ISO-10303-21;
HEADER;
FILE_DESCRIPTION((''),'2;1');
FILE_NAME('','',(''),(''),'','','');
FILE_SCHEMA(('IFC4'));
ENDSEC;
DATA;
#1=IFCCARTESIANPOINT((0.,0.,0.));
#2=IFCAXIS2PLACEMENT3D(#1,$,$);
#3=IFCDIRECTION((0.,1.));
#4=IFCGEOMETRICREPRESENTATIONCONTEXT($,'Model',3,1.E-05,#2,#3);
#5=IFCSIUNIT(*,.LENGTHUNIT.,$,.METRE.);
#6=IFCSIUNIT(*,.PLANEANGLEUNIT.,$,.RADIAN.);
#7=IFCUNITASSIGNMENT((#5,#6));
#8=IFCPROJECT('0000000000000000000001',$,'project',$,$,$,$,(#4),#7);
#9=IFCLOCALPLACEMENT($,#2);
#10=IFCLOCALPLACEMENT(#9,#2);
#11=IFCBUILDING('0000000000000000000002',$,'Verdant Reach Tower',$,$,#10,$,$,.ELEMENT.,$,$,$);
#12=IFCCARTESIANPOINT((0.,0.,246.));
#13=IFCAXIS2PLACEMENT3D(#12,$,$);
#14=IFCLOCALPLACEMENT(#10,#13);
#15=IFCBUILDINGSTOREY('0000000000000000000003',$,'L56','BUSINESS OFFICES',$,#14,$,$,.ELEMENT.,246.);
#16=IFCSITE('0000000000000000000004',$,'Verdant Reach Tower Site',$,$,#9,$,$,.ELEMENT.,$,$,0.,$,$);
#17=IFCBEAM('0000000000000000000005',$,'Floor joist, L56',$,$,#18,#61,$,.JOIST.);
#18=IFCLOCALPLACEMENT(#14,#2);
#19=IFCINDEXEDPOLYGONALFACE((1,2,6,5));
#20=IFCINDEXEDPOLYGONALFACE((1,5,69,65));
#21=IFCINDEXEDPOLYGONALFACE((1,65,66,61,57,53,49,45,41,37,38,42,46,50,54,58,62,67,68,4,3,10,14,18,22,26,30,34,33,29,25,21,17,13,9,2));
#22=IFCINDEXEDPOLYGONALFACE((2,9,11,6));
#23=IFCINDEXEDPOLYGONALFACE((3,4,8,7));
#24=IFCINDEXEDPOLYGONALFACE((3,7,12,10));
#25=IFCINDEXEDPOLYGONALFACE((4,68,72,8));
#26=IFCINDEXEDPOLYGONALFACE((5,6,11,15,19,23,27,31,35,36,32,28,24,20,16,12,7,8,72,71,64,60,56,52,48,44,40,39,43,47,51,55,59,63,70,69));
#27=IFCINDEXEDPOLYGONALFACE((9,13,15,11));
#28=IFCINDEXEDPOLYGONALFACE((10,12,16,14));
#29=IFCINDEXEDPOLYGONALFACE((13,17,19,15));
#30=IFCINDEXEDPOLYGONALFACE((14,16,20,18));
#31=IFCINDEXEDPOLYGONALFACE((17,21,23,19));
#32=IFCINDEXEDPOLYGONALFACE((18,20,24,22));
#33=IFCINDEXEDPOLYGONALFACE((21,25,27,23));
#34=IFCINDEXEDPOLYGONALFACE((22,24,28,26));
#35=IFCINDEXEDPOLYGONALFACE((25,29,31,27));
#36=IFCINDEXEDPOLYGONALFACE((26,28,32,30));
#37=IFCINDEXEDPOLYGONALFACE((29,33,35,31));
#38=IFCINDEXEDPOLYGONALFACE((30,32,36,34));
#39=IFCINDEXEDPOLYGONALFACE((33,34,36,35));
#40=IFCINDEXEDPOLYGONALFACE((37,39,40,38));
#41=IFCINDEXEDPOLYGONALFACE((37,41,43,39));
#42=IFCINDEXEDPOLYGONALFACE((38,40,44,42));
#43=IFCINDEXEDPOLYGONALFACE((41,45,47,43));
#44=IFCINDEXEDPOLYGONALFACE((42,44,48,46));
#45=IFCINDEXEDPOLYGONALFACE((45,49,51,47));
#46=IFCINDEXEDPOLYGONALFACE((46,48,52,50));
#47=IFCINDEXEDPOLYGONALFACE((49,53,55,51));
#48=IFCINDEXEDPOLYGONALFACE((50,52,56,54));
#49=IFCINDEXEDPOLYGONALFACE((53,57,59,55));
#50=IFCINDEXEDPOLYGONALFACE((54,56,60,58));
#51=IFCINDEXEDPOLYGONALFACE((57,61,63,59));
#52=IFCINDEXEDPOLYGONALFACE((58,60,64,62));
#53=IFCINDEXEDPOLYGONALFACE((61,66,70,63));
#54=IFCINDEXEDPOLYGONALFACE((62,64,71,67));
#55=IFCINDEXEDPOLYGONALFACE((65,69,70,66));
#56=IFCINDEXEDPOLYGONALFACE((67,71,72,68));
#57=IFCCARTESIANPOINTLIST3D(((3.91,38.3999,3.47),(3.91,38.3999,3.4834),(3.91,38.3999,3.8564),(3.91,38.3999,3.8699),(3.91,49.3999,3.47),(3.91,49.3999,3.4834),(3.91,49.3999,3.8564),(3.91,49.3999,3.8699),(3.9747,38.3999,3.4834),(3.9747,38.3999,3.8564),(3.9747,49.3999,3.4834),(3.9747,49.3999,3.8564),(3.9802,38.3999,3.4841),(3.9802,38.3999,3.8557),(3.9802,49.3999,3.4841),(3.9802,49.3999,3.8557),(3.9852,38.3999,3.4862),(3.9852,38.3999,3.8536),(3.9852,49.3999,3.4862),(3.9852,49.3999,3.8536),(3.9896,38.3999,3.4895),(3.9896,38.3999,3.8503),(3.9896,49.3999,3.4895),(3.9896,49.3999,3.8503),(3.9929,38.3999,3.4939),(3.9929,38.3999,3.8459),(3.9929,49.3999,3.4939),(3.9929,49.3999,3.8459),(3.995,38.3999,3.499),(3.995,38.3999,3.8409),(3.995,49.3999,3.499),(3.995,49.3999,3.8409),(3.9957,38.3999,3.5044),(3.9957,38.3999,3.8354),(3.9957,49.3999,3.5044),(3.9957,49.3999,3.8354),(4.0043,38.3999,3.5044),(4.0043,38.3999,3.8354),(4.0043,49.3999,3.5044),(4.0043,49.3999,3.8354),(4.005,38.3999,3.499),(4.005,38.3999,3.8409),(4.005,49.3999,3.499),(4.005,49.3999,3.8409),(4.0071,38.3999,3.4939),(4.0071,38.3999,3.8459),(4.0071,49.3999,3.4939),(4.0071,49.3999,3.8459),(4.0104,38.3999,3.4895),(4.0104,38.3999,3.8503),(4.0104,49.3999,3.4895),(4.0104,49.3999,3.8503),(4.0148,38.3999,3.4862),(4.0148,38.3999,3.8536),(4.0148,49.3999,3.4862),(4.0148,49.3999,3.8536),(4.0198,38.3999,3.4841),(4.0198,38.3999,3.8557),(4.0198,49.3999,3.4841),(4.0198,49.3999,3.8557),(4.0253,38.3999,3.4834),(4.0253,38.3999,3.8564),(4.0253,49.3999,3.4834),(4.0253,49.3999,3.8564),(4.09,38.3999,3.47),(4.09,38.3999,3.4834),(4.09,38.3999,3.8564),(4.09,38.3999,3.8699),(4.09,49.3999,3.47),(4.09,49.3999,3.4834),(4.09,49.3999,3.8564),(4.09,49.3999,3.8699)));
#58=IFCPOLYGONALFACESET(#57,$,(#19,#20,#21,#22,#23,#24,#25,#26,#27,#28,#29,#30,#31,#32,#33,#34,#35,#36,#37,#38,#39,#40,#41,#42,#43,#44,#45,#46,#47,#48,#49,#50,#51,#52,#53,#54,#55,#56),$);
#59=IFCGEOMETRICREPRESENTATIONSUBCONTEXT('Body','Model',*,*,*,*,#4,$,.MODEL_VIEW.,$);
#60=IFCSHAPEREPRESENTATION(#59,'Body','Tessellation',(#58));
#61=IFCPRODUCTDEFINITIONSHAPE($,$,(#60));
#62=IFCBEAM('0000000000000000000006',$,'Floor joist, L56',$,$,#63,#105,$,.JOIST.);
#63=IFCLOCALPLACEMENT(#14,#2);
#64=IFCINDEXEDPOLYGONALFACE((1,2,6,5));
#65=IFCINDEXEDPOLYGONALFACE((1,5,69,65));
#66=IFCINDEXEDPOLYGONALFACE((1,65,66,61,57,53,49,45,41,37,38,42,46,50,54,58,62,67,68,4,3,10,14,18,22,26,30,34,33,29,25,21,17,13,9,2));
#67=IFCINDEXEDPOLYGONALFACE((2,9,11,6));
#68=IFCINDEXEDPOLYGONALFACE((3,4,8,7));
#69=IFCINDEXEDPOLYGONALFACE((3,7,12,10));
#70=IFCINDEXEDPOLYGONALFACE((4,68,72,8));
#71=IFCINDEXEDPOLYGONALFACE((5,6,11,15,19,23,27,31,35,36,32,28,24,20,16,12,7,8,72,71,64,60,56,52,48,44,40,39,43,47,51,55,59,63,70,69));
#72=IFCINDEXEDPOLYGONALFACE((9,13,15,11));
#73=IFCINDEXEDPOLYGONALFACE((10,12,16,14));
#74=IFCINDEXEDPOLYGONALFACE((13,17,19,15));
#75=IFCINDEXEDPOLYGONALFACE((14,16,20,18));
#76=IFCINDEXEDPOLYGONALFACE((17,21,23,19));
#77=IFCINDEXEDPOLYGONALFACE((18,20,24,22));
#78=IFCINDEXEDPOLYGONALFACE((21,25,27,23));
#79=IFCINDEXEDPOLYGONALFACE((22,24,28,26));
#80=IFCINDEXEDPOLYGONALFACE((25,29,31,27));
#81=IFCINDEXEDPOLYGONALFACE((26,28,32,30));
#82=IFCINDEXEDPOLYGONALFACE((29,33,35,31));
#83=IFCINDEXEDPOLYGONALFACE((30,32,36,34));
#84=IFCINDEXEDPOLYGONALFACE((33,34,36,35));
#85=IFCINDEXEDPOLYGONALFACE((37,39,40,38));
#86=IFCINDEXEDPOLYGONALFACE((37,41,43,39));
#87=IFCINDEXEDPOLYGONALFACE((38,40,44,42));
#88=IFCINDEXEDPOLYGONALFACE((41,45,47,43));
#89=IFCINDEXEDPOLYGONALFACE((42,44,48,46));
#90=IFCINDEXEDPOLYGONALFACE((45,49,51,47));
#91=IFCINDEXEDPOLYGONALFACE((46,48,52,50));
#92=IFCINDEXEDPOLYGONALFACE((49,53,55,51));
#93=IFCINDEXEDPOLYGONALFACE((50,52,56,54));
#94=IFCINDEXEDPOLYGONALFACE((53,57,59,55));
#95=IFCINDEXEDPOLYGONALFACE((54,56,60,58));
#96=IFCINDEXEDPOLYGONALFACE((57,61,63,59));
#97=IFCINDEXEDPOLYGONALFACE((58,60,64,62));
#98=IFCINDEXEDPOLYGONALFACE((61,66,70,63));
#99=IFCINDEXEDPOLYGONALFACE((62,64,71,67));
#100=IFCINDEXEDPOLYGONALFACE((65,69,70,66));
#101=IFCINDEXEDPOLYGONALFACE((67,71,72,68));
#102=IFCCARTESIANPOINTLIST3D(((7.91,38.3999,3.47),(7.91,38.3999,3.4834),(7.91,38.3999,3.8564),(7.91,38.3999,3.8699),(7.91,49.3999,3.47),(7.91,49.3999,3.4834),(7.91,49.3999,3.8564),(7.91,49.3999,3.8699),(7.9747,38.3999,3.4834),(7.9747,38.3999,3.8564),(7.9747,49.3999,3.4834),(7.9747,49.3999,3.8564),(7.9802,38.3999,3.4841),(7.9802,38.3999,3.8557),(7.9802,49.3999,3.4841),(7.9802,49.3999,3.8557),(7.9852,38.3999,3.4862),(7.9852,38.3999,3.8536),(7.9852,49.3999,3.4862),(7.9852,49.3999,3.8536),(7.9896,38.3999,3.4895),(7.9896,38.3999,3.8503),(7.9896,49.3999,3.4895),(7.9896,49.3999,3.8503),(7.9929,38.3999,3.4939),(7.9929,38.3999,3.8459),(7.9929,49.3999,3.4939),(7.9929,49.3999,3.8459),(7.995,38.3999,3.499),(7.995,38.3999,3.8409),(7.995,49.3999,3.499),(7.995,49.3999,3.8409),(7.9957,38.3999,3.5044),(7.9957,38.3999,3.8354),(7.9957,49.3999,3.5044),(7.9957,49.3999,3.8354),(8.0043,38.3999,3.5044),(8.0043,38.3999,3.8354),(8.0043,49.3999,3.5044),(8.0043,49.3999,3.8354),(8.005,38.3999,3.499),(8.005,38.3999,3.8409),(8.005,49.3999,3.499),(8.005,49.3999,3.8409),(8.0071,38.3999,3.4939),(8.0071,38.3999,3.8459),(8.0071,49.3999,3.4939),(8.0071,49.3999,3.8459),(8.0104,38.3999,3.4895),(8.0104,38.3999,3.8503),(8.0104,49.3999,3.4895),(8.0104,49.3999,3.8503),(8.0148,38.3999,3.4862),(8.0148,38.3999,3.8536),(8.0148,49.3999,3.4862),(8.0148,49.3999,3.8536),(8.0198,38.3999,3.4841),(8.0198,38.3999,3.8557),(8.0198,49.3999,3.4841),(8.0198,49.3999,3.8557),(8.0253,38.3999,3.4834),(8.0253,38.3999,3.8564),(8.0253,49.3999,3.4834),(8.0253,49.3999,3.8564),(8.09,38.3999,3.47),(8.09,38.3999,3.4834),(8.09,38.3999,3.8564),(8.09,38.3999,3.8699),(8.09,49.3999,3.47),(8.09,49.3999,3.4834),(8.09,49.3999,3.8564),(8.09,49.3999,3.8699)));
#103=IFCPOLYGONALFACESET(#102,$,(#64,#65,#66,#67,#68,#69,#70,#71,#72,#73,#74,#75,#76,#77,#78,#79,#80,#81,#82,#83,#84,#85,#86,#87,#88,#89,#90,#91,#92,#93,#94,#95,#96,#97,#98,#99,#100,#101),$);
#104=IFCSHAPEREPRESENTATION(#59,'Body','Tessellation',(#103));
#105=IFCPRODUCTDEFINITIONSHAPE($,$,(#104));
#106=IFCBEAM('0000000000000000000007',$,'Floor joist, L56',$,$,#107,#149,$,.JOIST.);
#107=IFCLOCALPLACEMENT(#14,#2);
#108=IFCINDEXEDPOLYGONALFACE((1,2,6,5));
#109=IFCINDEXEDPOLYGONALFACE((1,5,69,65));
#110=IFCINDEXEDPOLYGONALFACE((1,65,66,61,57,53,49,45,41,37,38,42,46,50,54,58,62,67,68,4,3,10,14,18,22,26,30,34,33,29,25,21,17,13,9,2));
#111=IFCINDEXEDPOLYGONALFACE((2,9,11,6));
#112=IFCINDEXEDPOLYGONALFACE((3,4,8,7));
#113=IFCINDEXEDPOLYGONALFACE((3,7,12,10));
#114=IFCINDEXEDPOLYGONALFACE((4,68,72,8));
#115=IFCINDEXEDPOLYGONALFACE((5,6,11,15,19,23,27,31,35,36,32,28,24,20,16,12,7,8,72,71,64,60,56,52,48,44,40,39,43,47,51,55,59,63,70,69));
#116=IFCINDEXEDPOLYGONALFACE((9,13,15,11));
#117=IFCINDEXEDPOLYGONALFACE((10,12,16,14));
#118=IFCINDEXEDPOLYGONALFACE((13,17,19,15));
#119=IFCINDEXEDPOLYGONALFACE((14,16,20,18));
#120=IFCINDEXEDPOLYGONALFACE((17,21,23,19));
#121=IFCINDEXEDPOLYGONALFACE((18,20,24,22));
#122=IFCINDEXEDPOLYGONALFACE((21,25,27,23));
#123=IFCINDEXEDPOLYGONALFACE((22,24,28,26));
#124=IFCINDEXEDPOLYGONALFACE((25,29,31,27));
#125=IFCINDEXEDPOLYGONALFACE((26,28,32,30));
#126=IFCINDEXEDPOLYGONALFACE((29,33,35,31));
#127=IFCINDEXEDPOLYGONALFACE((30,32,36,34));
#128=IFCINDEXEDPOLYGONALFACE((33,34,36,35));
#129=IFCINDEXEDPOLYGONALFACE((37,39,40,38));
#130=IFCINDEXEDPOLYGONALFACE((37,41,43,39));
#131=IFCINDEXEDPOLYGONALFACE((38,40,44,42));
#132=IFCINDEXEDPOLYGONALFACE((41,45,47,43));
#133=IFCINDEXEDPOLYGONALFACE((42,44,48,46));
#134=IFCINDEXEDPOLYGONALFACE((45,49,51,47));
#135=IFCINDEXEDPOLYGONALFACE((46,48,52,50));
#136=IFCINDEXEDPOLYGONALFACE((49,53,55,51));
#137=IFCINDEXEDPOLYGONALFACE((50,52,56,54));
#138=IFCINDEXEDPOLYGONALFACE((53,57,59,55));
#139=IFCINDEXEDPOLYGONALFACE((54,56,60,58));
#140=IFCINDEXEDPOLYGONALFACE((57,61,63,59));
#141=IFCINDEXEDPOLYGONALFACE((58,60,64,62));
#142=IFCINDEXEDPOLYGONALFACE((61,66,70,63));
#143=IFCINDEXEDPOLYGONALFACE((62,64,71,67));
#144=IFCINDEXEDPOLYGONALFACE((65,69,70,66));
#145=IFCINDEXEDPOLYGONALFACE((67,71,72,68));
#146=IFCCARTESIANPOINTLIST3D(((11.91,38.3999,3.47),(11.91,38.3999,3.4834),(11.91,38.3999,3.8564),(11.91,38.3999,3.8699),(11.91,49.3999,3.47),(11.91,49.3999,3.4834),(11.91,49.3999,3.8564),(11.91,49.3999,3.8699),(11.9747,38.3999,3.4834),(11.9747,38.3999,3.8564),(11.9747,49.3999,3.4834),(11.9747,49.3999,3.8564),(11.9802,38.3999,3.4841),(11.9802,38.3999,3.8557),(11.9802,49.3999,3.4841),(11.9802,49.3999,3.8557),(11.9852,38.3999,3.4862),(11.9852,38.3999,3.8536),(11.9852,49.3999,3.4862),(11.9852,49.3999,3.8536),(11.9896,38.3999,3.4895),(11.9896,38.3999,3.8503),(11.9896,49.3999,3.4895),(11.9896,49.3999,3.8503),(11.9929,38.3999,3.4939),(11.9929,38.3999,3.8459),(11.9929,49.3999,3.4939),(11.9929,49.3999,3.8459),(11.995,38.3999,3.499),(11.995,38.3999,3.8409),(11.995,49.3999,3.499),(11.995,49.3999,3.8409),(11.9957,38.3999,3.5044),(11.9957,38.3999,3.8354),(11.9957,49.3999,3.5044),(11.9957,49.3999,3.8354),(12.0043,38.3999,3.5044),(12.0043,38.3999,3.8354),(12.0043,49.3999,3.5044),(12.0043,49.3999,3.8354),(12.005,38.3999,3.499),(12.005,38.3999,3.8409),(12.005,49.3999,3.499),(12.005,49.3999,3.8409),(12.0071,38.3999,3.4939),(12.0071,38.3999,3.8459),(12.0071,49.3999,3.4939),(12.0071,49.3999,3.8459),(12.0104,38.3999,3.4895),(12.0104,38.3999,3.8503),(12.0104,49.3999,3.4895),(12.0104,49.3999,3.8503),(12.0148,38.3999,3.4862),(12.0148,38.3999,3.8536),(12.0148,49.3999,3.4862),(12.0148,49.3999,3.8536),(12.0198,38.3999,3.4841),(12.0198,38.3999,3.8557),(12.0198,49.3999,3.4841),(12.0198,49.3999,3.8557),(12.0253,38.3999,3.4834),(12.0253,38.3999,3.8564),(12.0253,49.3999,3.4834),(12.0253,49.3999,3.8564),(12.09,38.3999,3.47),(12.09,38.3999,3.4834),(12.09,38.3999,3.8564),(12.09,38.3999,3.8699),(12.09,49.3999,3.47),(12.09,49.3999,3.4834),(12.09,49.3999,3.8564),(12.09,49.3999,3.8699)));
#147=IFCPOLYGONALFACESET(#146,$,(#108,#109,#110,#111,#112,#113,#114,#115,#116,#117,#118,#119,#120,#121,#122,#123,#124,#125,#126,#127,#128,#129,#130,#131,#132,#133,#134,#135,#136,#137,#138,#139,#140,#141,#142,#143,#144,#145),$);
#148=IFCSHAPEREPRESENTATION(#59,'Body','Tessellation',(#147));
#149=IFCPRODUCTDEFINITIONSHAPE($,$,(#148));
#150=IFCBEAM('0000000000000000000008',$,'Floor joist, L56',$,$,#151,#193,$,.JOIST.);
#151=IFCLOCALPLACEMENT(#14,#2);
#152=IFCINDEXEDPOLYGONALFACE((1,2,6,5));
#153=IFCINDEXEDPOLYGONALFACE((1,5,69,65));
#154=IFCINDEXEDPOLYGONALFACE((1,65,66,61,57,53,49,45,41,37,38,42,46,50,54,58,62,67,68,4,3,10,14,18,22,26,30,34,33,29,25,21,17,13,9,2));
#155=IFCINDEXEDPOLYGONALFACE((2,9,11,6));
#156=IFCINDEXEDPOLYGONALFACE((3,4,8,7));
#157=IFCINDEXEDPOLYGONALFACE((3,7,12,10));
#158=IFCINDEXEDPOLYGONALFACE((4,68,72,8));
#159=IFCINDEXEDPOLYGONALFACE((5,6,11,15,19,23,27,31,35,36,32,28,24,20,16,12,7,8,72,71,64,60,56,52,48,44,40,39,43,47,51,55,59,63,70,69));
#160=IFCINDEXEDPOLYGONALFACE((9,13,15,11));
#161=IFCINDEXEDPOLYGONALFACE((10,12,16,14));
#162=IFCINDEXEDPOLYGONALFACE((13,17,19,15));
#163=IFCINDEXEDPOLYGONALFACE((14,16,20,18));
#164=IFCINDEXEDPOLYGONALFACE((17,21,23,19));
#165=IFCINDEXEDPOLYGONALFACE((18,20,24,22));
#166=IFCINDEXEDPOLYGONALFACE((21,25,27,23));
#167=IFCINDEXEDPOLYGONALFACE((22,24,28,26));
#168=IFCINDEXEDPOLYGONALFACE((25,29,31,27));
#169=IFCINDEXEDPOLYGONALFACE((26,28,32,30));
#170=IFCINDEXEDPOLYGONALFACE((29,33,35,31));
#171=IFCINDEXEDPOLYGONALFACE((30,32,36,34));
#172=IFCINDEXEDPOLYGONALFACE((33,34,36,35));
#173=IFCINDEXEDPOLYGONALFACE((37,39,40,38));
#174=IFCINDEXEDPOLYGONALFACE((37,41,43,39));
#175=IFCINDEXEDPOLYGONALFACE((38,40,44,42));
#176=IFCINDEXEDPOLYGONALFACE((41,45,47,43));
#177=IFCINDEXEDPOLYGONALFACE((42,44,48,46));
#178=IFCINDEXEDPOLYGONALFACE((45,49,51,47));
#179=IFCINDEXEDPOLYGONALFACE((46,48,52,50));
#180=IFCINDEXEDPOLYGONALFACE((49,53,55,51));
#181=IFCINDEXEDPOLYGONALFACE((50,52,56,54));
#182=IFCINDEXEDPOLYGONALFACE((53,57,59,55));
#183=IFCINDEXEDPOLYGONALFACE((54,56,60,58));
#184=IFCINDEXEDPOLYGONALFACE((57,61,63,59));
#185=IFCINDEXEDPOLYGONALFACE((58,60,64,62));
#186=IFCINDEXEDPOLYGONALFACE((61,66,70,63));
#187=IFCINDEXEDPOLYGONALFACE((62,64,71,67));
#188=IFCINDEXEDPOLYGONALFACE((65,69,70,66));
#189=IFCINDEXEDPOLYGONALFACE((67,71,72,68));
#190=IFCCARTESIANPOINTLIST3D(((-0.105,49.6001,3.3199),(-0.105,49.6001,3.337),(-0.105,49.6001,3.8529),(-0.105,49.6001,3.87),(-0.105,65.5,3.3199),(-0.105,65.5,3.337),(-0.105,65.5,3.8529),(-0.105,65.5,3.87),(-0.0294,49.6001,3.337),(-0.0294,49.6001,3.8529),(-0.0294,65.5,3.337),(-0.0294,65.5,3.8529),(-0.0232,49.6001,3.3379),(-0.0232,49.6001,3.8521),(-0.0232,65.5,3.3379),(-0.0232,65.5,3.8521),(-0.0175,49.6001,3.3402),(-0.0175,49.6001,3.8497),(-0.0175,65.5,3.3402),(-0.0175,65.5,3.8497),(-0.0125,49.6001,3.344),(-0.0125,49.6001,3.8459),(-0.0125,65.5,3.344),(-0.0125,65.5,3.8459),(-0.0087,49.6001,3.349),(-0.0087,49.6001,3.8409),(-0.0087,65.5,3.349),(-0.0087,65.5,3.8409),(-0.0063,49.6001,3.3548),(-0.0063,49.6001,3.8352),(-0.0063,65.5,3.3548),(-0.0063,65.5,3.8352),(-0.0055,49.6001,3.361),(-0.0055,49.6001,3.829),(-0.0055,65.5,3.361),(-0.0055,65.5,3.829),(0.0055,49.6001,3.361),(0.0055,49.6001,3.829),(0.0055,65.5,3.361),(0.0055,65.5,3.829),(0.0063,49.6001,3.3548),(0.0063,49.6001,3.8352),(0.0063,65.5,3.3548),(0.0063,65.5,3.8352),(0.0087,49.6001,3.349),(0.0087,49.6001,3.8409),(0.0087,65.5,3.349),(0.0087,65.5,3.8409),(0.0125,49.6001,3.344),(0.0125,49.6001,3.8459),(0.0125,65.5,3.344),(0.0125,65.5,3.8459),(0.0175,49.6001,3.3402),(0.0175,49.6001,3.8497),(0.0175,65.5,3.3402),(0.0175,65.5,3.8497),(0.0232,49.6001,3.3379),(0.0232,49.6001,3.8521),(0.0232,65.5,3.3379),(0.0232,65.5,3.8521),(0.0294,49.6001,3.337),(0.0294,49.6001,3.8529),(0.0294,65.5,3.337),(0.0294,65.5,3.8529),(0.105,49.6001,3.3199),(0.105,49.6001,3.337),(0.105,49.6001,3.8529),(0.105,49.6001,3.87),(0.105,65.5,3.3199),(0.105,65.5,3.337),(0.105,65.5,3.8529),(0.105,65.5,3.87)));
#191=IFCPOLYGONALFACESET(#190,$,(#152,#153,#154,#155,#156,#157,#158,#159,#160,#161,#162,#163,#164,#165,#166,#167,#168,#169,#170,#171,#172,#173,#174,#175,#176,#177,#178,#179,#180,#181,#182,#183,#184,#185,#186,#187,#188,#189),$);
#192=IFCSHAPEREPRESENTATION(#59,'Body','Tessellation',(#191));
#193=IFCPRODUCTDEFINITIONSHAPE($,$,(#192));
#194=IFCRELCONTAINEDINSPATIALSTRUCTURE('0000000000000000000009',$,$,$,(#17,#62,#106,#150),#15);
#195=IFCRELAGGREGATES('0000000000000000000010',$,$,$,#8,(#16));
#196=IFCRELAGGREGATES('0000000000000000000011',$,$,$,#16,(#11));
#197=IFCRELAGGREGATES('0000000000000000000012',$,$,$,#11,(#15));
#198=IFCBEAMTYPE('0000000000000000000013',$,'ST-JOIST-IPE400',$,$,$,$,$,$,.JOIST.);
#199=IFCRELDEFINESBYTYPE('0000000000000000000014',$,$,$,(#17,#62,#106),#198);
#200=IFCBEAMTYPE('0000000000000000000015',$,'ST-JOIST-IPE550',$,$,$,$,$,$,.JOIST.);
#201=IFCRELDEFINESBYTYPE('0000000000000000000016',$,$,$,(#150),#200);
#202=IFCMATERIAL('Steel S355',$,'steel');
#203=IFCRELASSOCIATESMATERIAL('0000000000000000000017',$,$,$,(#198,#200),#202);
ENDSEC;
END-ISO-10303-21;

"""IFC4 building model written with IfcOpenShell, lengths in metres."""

from ifc_helpers import new_model, si_unit, direction, frame, origin, origin_2d, place, context, subcontext, project, spatial, i_section, extrude, material, material_profile, profile_set, type_object, element, save


model = new_model("IFC4")

# Units and contexts
model_context = context("Model", 3, precision=1e-05, world=origin(), true_north=direction((0.0, 1.0)))
body_context = subcontext(model_context, "Body", "Model", "MODEL_VIEW")
ifc_project = project(units=[si_unit("LENGTHUNIT", "METRE"), si_unit("PLANEANGLEUNIT", "RADIAN")], contexts=[model_context])

# Site, building, storey
site_placement = place(None, origin())
site = spatial("IfcSite", under=ifc_project, at=site_placement, Name="Verdant Reach Tower Site", CompositionType="ELEMENT", RefElevation=0.0)
building_placement = place(site_placement, origin())
building = spatial("IfcBuilding", under=site, at=building_placement, Name="Verdant Reach Tower", CompositionType="ELEMENT")
storey_placement = place(building_placement, frame((0.0, 0.0, 246.0)))
storey = spatial("IfcBuildingStorey", under=building, at=storey_placement, Name="L56", Description="BUSINESS OFFICES", CompositionType="ELEMENT", Elevation=246.0)

# Beams
ifc_material_1 = material(Name="Steel S355", Category="steel")
ifc_material_profile_1 = material_profile(ifc_material_1, i_section(OverallWidth=0.1799, OverallDepth=0.3999, WebThickness=0.0085, FlangeThickness=0.0134, FilletRadius=0.021, at=origin_2d()), Name="IPE 400")
ifc_profile_set_1 = profile_set([ifc_material_profile_1], Name="Steel S355")
beam_type_1 = type_object("IfcBeamType", Name="ST-JOIST-IPE400", PredefinedType="JOIST", material=ifc_profile_set_1)
for number, where, z_axis, x_axis, name in (
    (1, (4.0, 38.3999, 3.6699), (0.0, 1.0, 0.0), (-1.0, 0.0, 0.0), "Floor joist, L56"),
    (2, (8.0, 38.3999, 3.6699), (0.0, 1.0, 0.0), (-1.0, 0.0, 0.0), "Floor joist, L56"),
    (3, (12.0, 38.3999, 3.6699), (0.0, 1.0, 0.0), (-1.0, 0.0, 0.0), "Floor joist, L56"),
):
    element("IfcBeam", number, at=place(storey_placement, frame(where, z_axis=z_axis, x_axis=x_axis)), inside=storey, type_object=beam_type_1, Name=name, PredefinedType="JOIST", context=body_context, shape_type="SweptSolid", body=[
        extrude(i_section(OverallWidth=0.1799, OverallDepth=0.3999, WebThickness=0.0085, FlangeThickness=0.0134, FilletRadius=0.021, at=origin_2d()), origin(), (0.0, 0.0, 1.0), 11.0),
    ])
ifc_material_profile_2 = material_profile(ifc_material_1, i_section(OverallWidth=0.21, OverallDepth=0.55, WebThickness=0.011, FlangeThickness=0.0171, FilletRadius=0.0239, at=origin_2d()), Name="IPE 550")
ifc_profile_set_2 = profile_set([ifc_material_profile_2], Name="Steel S355")
beam_type_2 = type_object("IfcBeamType", Name="ST-JOIST-IPE550", PredefinedType="JOIST", material=ifc_profile_set_2)
beam_1_placement = place(storey_placement, frame((0.0, 49.6001, 3.595), z_axis=(0.0, 1.0, 0.0), x_axis=(-1.0, 0.0, 0.0)))
element("IfcBeam", 4, at=beam_1_placement, inside=storey, type_object=beam_type_2, Name="Floor joist, L56", PredefinedType="JOIST", context=body_context, shape_type="SweptSolid", body=[
    extrude(i_section(OverallWidth=0.21, OverallDepth=0.55, WebThickness=0.011, FlangeThickness=0.0171, FilletRadius=0.0239, at=origin_2d()), origin(), (0.0, 0.0, 1.0), 15.8999),
])

save(model, "model.ifc")
